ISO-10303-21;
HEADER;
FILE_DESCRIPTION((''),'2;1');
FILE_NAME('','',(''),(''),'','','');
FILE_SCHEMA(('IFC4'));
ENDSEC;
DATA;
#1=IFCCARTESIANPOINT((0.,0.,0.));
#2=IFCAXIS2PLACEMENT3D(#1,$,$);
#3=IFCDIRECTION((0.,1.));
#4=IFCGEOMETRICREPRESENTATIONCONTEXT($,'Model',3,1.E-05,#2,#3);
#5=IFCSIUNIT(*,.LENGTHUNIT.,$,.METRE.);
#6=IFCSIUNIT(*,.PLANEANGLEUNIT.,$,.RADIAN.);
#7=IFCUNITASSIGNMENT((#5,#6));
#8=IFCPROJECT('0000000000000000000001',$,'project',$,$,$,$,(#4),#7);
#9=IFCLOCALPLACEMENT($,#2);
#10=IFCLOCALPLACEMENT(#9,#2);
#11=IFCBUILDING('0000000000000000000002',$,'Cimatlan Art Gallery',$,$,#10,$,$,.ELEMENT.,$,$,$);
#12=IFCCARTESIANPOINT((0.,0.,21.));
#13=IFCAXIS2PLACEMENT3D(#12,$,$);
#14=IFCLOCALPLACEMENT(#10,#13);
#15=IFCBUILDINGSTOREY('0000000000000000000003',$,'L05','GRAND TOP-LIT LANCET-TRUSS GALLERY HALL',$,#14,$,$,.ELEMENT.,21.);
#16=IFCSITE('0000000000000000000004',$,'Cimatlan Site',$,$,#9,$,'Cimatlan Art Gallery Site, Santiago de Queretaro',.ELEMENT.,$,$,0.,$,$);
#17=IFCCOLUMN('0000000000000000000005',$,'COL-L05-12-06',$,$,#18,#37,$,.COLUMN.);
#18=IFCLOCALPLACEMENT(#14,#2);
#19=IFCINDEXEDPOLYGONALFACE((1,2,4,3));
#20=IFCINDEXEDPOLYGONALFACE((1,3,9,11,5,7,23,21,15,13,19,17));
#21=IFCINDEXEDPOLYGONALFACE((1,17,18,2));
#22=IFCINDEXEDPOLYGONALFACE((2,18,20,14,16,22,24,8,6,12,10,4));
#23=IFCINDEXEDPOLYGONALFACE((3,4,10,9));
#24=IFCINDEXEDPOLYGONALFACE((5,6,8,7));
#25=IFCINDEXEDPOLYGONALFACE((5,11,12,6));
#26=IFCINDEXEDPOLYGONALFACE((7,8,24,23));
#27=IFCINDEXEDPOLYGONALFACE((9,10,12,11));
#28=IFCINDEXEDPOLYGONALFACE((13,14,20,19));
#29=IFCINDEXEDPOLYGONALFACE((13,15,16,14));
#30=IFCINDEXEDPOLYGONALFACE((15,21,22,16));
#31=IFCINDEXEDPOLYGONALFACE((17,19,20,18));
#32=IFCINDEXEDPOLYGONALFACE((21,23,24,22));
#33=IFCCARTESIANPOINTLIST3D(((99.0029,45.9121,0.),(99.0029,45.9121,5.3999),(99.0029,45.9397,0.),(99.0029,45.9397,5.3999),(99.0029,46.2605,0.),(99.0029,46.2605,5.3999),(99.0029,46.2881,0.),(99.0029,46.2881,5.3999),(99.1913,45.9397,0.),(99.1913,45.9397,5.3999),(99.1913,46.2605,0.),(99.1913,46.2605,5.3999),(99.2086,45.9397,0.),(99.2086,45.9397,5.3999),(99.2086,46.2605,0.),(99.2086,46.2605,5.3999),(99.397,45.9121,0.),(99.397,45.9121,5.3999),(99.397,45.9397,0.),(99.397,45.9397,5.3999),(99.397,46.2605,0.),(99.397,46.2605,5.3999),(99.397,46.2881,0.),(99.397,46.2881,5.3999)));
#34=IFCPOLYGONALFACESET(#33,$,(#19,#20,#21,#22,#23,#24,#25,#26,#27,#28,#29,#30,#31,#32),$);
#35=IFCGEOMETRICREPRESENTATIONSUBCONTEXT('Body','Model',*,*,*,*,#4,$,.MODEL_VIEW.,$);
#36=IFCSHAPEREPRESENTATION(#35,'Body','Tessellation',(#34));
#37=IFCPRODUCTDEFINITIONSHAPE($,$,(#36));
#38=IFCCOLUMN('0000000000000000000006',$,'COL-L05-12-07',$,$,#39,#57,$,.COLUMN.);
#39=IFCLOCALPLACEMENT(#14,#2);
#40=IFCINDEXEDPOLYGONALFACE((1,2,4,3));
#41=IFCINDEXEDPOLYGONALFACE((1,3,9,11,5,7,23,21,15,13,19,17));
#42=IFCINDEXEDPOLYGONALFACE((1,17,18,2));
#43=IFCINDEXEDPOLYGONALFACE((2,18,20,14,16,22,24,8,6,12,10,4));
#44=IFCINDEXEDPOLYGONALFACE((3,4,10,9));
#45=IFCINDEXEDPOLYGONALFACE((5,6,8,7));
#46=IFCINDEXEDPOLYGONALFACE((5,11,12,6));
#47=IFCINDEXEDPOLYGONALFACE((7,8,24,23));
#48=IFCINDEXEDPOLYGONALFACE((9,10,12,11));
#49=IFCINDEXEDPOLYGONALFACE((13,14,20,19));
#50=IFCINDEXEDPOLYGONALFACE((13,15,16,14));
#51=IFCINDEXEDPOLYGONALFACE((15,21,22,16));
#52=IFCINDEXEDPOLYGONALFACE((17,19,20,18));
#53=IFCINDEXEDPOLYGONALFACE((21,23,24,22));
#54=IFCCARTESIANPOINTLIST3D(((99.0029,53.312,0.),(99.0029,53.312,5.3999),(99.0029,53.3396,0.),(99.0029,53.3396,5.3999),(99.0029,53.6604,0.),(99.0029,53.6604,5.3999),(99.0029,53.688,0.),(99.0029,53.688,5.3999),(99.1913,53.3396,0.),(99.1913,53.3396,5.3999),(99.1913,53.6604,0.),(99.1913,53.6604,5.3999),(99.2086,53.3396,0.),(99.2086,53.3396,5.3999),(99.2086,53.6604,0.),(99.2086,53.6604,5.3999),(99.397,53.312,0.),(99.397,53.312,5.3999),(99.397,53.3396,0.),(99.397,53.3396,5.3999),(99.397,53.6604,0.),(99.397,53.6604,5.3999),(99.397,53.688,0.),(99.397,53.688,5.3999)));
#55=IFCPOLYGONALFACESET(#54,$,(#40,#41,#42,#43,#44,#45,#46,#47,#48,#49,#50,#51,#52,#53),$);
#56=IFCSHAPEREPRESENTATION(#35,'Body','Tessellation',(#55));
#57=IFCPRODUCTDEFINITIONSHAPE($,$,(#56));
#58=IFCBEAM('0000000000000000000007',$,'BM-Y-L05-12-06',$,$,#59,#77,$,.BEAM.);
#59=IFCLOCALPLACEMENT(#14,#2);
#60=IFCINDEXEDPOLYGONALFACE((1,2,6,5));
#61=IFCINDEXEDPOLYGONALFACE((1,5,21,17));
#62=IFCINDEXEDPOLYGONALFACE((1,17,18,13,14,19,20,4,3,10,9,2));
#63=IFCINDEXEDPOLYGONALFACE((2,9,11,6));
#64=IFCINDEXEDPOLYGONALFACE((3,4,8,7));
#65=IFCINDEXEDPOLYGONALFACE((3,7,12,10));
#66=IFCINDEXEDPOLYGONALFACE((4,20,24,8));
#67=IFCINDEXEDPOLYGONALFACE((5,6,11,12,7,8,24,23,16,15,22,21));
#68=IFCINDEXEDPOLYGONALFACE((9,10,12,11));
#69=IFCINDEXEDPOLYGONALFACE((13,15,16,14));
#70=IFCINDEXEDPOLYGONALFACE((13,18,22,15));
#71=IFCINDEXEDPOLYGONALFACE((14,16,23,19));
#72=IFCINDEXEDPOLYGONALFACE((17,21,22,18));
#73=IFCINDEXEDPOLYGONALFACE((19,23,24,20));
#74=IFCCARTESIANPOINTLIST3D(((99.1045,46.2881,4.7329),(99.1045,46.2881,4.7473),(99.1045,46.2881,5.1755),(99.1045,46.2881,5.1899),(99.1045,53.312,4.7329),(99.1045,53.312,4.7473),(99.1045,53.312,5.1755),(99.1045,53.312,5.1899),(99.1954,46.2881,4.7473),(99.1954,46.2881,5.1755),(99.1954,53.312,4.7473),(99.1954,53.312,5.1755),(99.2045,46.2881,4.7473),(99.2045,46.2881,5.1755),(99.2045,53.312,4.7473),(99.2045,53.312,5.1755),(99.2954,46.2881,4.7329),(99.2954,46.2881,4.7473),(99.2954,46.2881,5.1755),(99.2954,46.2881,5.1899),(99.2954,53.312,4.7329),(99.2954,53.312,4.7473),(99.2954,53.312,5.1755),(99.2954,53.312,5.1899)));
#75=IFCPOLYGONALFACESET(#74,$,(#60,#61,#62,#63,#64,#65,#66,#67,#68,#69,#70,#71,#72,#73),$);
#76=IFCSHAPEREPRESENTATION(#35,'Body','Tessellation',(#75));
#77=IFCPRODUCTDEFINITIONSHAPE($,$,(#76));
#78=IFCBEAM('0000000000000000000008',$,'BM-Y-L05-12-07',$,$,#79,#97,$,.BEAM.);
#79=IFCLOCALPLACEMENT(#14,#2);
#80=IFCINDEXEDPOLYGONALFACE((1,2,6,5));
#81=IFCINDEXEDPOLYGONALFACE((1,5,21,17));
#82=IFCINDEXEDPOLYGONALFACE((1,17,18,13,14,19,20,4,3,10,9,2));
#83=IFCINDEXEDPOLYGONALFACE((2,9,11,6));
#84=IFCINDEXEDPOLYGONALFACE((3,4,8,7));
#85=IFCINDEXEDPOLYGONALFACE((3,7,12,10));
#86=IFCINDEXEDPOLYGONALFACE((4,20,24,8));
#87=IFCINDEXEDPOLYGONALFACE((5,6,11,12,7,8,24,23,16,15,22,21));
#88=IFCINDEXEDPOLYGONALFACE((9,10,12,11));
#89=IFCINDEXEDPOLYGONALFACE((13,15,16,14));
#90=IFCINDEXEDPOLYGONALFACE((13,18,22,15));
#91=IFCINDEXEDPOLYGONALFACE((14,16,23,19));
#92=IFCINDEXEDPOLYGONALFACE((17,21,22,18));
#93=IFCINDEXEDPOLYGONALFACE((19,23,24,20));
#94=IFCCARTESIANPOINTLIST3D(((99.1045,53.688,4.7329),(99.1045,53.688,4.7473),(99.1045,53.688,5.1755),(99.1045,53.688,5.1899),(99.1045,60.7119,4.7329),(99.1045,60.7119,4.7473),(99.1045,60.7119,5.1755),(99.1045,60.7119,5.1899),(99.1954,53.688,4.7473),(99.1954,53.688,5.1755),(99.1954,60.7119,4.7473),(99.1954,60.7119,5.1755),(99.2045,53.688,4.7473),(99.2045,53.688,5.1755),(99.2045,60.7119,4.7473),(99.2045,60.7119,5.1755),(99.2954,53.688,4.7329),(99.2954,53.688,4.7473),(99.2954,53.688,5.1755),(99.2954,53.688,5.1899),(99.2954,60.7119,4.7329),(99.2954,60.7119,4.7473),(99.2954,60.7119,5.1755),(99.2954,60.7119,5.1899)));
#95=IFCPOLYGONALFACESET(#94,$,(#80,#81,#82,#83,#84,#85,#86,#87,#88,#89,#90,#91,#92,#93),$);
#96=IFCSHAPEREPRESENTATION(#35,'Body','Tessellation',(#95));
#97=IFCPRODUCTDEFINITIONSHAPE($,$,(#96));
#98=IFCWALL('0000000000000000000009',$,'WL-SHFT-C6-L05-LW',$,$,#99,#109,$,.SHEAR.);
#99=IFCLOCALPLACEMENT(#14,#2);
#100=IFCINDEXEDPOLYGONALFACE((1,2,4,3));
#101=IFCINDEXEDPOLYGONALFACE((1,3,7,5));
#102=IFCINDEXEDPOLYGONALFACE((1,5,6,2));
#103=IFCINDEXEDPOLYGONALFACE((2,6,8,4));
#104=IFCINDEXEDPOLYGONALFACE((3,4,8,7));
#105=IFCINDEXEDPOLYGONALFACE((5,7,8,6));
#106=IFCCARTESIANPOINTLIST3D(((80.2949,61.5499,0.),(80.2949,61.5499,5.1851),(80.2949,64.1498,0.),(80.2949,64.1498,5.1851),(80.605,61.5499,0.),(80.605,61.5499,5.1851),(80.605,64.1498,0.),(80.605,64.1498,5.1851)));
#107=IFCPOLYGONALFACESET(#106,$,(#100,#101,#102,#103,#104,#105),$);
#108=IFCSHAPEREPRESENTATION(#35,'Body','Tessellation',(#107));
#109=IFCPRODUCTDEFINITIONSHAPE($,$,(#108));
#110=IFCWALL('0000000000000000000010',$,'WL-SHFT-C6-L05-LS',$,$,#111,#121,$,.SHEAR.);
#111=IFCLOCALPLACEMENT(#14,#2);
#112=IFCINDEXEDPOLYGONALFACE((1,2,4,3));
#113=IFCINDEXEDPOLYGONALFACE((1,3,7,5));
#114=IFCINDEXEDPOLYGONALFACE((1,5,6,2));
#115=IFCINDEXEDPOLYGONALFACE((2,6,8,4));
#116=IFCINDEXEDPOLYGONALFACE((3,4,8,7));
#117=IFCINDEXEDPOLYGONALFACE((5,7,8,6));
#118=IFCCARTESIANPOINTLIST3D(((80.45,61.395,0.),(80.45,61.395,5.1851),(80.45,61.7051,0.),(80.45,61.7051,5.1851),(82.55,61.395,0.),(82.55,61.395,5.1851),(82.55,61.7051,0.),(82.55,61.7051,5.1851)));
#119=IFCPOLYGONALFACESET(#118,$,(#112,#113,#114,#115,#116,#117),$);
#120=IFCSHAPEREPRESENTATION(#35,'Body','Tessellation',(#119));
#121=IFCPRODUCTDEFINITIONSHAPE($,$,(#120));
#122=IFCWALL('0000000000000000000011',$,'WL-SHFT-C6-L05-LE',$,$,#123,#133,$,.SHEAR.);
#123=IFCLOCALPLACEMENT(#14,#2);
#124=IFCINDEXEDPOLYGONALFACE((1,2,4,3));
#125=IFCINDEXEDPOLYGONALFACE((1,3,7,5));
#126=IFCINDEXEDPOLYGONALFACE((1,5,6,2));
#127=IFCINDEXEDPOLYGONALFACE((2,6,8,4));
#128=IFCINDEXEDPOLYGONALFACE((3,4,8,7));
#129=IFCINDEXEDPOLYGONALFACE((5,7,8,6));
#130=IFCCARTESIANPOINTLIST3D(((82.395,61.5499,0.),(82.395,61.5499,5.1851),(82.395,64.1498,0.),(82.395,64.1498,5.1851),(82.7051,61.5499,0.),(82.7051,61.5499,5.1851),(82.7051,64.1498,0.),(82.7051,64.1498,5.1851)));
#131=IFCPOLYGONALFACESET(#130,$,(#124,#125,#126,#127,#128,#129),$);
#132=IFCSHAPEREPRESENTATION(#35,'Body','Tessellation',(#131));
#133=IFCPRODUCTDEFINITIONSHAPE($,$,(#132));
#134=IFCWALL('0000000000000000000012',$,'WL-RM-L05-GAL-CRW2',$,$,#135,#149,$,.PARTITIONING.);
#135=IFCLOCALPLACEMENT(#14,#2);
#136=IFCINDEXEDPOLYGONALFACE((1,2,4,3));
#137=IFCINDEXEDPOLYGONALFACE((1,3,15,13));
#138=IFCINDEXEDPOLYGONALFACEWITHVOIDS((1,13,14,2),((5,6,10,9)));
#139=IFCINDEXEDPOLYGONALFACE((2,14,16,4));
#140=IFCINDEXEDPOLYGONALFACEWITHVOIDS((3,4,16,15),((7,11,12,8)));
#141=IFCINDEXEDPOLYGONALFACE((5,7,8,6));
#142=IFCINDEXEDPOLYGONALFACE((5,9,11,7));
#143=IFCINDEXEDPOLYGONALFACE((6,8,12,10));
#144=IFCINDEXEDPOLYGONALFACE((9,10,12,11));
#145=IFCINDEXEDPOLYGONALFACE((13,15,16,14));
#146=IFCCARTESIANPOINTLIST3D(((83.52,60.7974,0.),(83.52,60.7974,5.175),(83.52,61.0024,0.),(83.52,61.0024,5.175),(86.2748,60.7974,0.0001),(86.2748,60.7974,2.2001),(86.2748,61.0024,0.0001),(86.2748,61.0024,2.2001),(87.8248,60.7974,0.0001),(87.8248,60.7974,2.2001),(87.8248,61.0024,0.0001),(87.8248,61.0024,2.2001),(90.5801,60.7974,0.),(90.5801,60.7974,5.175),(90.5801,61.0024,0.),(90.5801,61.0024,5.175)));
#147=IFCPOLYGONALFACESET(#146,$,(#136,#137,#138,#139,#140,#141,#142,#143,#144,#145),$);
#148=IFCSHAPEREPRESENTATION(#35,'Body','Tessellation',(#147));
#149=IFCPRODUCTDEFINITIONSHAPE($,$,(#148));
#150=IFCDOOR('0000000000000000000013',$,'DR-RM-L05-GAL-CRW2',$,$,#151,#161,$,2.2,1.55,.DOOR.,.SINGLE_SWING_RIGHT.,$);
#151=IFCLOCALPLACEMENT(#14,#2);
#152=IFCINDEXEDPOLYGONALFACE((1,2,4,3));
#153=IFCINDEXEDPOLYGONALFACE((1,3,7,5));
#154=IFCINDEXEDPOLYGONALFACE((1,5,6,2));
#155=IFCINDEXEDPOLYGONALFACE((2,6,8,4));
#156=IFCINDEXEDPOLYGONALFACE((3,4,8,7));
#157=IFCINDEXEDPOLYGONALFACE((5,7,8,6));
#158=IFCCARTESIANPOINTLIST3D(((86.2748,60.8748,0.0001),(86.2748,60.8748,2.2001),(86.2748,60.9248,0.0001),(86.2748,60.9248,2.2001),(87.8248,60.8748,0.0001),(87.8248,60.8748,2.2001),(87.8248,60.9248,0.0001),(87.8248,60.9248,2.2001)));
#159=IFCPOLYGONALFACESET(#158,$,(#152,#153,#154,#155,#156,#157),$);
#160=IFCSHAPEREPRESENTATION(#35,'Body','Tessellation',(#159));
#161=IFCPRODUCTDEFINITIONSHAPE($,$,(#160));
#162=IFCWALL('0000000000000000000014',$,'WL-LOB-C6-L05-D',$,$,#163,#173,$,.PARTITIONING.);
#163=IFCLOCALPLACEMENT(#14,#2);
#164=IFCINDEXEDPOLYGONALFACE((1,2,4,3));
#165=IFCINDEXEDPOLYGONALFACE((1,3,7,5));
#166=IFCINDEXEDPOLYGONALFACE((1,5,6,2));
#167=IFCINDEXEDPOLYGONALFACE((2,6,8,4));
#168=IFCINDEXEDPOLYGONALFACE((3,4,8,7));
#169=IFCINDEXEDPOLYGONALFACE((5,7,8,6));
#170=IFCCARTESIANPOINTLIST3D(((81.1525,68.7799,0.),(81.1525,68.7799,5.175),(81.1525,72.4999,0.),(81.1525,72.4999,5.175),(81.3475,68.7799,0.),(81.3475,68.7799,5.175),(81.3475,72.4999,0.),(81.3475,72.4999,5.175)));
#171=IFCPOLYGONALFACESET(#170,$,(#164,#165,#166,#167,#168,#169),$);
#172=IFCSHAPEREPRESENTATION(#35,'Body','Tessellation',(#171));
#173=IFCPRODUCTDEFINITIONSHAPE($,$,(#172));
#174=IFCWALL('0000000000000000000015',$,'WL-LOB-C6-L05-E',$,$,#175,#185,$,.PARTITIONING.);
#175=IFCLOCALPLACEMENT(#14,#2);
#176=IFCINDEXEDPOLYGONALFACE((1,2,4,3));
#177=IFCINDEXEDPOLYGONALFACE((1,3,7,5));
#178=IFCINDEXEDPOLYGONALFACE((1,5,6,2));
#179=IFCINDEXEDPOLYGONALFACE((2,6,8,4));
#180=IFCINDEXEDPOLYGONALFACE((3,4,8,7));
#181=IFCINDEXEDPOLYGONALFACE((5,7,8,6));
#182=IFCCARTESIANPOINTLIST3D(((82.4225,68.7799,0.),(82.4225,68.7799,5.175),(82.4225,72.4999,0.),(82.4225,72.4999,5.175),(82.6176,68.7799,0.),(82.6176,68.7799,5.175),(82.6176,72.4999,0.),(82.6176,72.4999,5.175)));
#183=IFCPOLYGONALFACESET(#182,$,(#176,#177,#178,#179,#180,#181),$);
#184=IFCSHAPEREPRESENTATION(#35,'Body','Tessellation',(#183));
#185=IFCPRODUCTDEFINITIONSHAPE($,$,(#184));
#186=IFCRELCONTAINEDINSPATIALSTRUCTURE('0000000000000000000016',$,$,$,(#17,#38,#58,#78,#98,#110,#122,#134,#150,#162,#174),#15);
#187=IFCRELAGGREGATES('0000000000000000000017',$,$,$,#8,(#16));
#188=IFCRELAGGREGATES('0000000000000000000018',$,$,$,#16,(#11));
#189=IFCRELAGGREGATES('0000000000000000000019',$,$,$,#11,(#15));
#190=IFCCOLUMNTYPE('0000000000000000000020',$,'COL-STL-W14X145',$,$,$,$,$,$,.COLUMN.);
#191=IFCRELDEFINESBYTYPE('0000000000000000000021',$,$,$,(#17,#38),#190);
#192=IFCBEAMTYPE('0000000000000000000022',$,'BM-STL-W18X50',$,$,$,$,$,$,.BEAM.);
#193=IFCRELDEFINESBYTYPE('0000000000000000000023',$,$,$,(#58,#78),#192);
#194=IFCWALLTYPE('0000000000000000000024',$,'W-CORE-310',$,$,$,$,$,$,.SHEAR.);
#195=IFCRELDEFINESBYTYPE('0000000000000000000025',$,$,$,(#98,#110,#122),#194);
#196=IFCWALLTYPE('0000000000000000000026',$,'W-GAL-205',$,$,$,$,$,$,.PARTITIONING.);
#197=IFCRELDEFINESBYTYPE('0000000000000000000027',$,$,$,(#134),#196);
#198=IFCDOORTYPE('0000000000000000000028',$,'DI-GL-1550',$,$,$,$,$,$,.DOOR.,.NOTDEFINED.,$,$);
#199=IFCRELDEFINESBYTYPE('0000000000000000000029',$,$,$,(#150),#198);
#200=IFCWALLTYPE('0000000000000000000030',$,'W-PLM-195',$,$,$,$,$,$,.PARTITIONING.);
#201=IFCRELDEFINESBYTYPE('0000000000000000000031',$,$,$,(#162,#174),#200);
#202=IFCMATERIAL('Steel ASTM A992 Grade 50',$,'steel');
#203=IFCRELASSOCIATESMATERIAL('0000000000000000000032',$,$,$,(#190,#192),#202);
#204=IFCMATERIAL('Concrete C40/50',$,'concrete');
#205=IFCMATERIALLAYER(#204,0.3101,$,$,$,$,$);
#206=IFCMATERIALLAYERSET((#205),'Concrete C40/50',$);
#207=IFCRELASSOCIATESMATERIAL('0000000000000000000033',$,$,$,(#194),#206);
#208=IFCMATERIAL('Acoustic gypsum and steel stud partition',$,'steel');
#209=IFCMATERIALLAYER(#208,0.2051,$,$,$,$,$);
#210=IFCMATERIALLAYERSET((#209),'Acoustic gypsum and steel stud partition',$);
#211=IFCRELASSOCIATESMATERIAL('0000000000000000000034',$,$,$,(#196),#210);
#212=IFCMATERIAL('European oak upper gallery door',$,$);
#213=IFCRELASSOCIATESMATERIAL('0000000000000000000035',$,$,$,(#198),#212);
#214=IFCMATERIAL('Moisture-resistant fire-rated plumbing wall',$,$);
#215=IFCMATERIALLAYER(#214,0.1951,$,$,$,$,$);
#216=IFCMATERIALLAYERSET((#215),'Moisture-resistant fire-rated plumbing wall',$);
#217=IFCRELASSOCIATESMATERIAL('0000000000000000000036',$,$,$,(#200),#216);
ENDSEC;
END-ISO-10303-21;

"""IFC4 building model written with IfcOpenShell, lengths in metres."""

from ifc_helpers import new_model, si_unit, direction, frame, frame_2d, origin, origin_2d, place, context, subcontext, project, spatial, rectangle, i_section, extrude, material, layer, layer_set, material_profile, profile_set, type_object, element, fill, save


model = new_model("IFC4")

# Units and contexts
model_context = context("Model", 3, precision=1e-05, world=origin(), true_north=direction((0.0, 1.0)))
body_context = subcontext(model_context, "Body", "Model", "MODEL_VIEW")
ifc_project = project(units=[si_unit("LENGTHUNIT", "METRE"), si_unit("PLANEANGLEUNIT", "RADIAN")], contexts=[model_context])

# Site, building, storey
site_placement = place(None, origin())
site = spatial("IfcSite", under=ifc_project, at=site_placement, Name="Cimatlan Site", LongName="Cimatlan Art Gallery Site, Santiago de Queretaro", CompositionType="ELEMENT", RefElevation=0.0)
building_placement = place(site_placement, origin())
building = spatial("IfcBuilding", under=site, at=building_placement, Name="Cimatlan Art Gallery", CompositionType="ELEMENT")
storey_placement = place(building_placement, frame((0.0, 0.0, 21.0)))
storey = spatial("IfcBuildingStorey", under=building, at=storey_placement, Name="L05", Description="GRAND TOP-LIT LANCET-TRUSS GALLERY HALL", CompositionType="ELEMENT", Elevation=21.0)

# Columns
ifc_material_1 = material(Name="Steel ASTM A992 Grade 50", Category="steel")
ifc_material_profile_1 = material_profile(ifc_material_1, i_section(OverallWidth=0.394, OverallDepth=0.376, WebThickness=0.0173, FlangeThickness=0.0276, at=origin_2d()), Name="W14X145")
ifc_profile_set_1 = profile_set([ifc_material_profile_1], Name="Steel ASTM A992 Grade 50")
column_type = type_object("IfcColumnType", Name="COL-STL-W14X145", PredefinedType="COLUMN", material=ifc_profile_set_1)
for number, where, z_axis, x_axis, name in (
    (1, (99.2, 46.1001, 0.0), (0.0, 0.0, 1.0), (1.0, 0.0, 0.0), "COL-L05-12-06"),
    (2, (99.2, 53.5, 0.0), (0.0, 0.0, 1.0), (1.0, 0.0, 0.0), "COL-L05-12-07"),
):
    element("IfcColumn", number, at=place(storey_placement, frame(where, z_axis=z_axis, x_axis=x_axis)), inside=storey, type_object=column_type, Name=name, PredefinedType="COLUMN", context=body_context, shape_type="SweptSolid", body=[
        extrude(i_section(OverallWidth=0.394, OverallDepth=0.376, WebThickness=0.0173, FlangeThickness=0.0276, at=origin_2d()), origin(), (0.0, 0.0, 1.0), 5.3999),
    ])

# Beams
ifc_material_profile_2 = material_profile(ifc_material_1, i_section(OverallWidth=0.1909, OverallDepth=0.457, WebThickness=0.009, FlangeThickness=0.0144, at=origin_2d()), Name="W18X50")
ifc_profile_set_2 = profile_set([ifc_material_profile_2], Name="Steel ASTM A992 Grade 50")
beam_type = type_object("IfcBeamType", Name="BM-STL-W18X50", PredefinedType="BEAM", material=ifc_profile_set_2)
for number, where, z_axis, x_axis, name in (
    (3, (99.2, 46.2881, 4.9614), (0.0, 1.0, 0.0), (-1.0, 0.0, 0.0), "BM-Y-L05-12-06"),
    (4, (99.2, 53.688, 4.9614), (0.0, 1.0, 0.0), (-1.0, 0.0, 0.0), "BM-Y-L05-12-07"),
):
    element("IfcBeam", number, at=place(storey_placement, frame(where, z_axis=z_axis, x_axis=x_axis)), inside=storey, type_object=beam_type, Name=name, PredefinedType="BEAM", context=body_context, shape_type="SweptSolid", body=[
        extrude(i_section(OverallWidth=0.1909, OverallDepth=0.457, WebThickness=0.009, FlangeThickness=0.0144, at=origin_2d()), origin(), (0.0, 0.0, 1.0), 7.0239),
    ])

# Walls
ifc_material_2 = material(Name="Concrete C40/50", Category="concrete")
ifc_layer_1 = layer(ifc_material_2, 0.3101)
ifc_layer_set_1 = layer_set([ifc_layer_1], Name="Concrete C40/50")
wall_type_1 = type_object("IfcWallType", Name="W-CORE-310", PredefinedType="SHEAR", material=ifc_layer_set_1)
wall_1_placement = place(storey_placement, frame((80.45, 61.55, 0.0), z_axis=(0.0, 0.0, 1.0), x_axis=(0.0, 1.0, 0.0)))
element("IfcWall", 5, at=wall_1_placement, inside=storey, type_object=wall_type_1, Name="WL-SHFT-C6-L05-LW", PredefinedType="SHEAR", context=body_context, shape_type="SweptSolid", body=[
    extrude(rectangle(XDim=2.5999, YDim=0.3101, at=frame_2d((1.2998, 0.0))), origin(), (0.0, 0.0, 1.0), 5.1851),
])
wall_2_placement = place(storey_placement, frame((80.45, 61.55, 0.0), z_axis=(0.0, 0.0, 1.0), x_axis=(1.0, 0.0, 0.0)))
element("IfcWall", 6, at=wall_2_placement, inside=storey, type_object=wall_type_1, Name="WL-SHFT-C6-L05-LS", PredefinedType="SHEAR", context=body_context, shape_type="SweptSolid", body=[
    extrude(rectangle(XDim=2.1001, YDim=0.3101, at=frame_2d((1.05, 0.0))), origin(), (0.0, 0.0, 1.0), 5.1851),
])
wall_3_placement = place(storey_placement, frame((82.55, 61.55, 0.0), z_axis=(0.0, 0.0, 1.0), x_axis=(0.0, 1.0, 0.0)))
element("IfcWall", 7, at=wall_3_placement, inside=storey, type_object=wall_type_1, Name="WL-SHFT-C6-L05-LE", PredefinedType="SHEAR", context=body_context, shape_type="SweptSolid", body=[
    extrude(rectangle(XDim=2.5999, YDim=0.3101, at=frame_2d((1.2998, 0.0))), origin(), (0.0, 0.0, 1.0), 5.1851),
])

# Wall, opening, door
ifc_material_3 = material(Name="Acoustic gypsum and steel stud partition", Category="steel")
ifc_layer_2 = layer(ifc_material_3, 0.2051)
ifc_layer_set_2 = layer_set([ifc_layer_2], Name="Acoustic gypsum and steel stud partition")
wall_type_2 = type_object("IfcWallType", Name="W-GAL-205", PredefinedType="PARTITIONING", material=ifc_layer_set_2)
wall_4_placement = place(storey_placement, frame((83.52, 60.8999, 0.0), z_axis=(0.0, 0.0, 1.0), x_axis=(1.0, 0.0, 0.0)))
wall_4 = element("IfcWall", 8, at=wall_4_placement, inside=storey, type_object=wall_type_2, Name="WL-RM-L05-GAL-CRW2", PredefinedType="PARTITIONING", context=body_context, shape_type="SweptSolid", body=[
    extrude(rectangle(XDim=7.0601, YDim=0.2051, at=frame_2d((3.53, 0.0))), origin(), (0.0, 0.0, 1.0), 5.175),
])
opening_1_placement = place(wall_4_placement, frame((2.7549, 0.0, 0.0)))
opening_1 = element("IfcOpeningElement", 9, at=opening_1_placement, cuts=wall_4, PredefinedType="OPENING", context=body_context, shape_type="SweptSolid", body=[
    extrude(rectangle(XDim=1.55, YDim=2.2, at=frame_2d((0.7749, 1.1001))), frame((0.0, 0.1125, 0.0), z_axis=(0.0, -1.0, 0.0), x_axis=(1.0, 0.0, 0.0)), (0.0, 0.0, 1.0), 0.2251),
])
ifc_material_4 = material(Name="European oak upper gallery door")
door_type_1 = type_object("IfcDoorType", Name="DI-GL-1550", OperationType="NOTDEFINED", PredefinedType="DOOR", material=ifc_material_4)
door_1_placement = place(opening_1_placement, origin())
door_1 = element("IfcDoor", 10, at=door_1_placement, inside=storey, type_object=door_type_1, Name="DR-RM-L05-GAL-CRW2", OperationType="SINGLE_SWING_RIGHT", OverallHeight=2.2, OverallWidth=1.55, PredefinedType="DOOR", context=body_context, shape_type="SweptSolid", body=[
    extrude(rectangle(XDim=1.55, YDim=2.2, at=frame_2d((0.7749, 1.1001))), frame((0.0, 0.0249, 0.0), z_axis=(0.0, -1.0, 0.0), x_axis=(1.0, 0.0, 0.0)), (0.0, 0.0, 1.0), 0.05),
])
fill(opening_1, door_1)

# Walls
ifc_material_5 = material(Name="Moisture-resistant fire-rated plumbing wall")
ifc_layer_3 = layer(ifc_material_5, 0.1951)
ifc_layer_set_3 = layer_set([ifc_layer_3], Name="Moisture-resistant fire-rated plumbing wall")
wall_type_3 = type_object("IfcWallType", Name="W-PLM-195", PredefinedType="PARTITIONING", material=ifc_layer_set_3)
for number, where, z_axis, x_axis, name in (
    (11, (81.25, 68.78, 0.0), (0.0, 0.0, 1.0), (0.0, 1.0, 0.0), "WL-LOB-C6-L05-D"),
    (12, (82.52, 68.78, 0.0), (0.0, 0.0, 1.0), (0.0, 1.0, 0.0), "WL-LOB-C6-L05-E"),
):
    element("IfcWall", number, at=place(storey_placement, frame(where, z_axis=z_axis, x_axis=x_axis)), inside=storey, type_object=wall_type_3, Name=name, PredefinedType="PARTITIONING", context=body_context, shape_type="SweptSolid", body=[
        extrude(rectangle(XDim=3.72, YDim=0.1951, at=frame_2d((1.8599, 0.0))), origin(), (0.0, 0.0, 1.0), 5.175),
    ])

save(model, "model.ifc")
